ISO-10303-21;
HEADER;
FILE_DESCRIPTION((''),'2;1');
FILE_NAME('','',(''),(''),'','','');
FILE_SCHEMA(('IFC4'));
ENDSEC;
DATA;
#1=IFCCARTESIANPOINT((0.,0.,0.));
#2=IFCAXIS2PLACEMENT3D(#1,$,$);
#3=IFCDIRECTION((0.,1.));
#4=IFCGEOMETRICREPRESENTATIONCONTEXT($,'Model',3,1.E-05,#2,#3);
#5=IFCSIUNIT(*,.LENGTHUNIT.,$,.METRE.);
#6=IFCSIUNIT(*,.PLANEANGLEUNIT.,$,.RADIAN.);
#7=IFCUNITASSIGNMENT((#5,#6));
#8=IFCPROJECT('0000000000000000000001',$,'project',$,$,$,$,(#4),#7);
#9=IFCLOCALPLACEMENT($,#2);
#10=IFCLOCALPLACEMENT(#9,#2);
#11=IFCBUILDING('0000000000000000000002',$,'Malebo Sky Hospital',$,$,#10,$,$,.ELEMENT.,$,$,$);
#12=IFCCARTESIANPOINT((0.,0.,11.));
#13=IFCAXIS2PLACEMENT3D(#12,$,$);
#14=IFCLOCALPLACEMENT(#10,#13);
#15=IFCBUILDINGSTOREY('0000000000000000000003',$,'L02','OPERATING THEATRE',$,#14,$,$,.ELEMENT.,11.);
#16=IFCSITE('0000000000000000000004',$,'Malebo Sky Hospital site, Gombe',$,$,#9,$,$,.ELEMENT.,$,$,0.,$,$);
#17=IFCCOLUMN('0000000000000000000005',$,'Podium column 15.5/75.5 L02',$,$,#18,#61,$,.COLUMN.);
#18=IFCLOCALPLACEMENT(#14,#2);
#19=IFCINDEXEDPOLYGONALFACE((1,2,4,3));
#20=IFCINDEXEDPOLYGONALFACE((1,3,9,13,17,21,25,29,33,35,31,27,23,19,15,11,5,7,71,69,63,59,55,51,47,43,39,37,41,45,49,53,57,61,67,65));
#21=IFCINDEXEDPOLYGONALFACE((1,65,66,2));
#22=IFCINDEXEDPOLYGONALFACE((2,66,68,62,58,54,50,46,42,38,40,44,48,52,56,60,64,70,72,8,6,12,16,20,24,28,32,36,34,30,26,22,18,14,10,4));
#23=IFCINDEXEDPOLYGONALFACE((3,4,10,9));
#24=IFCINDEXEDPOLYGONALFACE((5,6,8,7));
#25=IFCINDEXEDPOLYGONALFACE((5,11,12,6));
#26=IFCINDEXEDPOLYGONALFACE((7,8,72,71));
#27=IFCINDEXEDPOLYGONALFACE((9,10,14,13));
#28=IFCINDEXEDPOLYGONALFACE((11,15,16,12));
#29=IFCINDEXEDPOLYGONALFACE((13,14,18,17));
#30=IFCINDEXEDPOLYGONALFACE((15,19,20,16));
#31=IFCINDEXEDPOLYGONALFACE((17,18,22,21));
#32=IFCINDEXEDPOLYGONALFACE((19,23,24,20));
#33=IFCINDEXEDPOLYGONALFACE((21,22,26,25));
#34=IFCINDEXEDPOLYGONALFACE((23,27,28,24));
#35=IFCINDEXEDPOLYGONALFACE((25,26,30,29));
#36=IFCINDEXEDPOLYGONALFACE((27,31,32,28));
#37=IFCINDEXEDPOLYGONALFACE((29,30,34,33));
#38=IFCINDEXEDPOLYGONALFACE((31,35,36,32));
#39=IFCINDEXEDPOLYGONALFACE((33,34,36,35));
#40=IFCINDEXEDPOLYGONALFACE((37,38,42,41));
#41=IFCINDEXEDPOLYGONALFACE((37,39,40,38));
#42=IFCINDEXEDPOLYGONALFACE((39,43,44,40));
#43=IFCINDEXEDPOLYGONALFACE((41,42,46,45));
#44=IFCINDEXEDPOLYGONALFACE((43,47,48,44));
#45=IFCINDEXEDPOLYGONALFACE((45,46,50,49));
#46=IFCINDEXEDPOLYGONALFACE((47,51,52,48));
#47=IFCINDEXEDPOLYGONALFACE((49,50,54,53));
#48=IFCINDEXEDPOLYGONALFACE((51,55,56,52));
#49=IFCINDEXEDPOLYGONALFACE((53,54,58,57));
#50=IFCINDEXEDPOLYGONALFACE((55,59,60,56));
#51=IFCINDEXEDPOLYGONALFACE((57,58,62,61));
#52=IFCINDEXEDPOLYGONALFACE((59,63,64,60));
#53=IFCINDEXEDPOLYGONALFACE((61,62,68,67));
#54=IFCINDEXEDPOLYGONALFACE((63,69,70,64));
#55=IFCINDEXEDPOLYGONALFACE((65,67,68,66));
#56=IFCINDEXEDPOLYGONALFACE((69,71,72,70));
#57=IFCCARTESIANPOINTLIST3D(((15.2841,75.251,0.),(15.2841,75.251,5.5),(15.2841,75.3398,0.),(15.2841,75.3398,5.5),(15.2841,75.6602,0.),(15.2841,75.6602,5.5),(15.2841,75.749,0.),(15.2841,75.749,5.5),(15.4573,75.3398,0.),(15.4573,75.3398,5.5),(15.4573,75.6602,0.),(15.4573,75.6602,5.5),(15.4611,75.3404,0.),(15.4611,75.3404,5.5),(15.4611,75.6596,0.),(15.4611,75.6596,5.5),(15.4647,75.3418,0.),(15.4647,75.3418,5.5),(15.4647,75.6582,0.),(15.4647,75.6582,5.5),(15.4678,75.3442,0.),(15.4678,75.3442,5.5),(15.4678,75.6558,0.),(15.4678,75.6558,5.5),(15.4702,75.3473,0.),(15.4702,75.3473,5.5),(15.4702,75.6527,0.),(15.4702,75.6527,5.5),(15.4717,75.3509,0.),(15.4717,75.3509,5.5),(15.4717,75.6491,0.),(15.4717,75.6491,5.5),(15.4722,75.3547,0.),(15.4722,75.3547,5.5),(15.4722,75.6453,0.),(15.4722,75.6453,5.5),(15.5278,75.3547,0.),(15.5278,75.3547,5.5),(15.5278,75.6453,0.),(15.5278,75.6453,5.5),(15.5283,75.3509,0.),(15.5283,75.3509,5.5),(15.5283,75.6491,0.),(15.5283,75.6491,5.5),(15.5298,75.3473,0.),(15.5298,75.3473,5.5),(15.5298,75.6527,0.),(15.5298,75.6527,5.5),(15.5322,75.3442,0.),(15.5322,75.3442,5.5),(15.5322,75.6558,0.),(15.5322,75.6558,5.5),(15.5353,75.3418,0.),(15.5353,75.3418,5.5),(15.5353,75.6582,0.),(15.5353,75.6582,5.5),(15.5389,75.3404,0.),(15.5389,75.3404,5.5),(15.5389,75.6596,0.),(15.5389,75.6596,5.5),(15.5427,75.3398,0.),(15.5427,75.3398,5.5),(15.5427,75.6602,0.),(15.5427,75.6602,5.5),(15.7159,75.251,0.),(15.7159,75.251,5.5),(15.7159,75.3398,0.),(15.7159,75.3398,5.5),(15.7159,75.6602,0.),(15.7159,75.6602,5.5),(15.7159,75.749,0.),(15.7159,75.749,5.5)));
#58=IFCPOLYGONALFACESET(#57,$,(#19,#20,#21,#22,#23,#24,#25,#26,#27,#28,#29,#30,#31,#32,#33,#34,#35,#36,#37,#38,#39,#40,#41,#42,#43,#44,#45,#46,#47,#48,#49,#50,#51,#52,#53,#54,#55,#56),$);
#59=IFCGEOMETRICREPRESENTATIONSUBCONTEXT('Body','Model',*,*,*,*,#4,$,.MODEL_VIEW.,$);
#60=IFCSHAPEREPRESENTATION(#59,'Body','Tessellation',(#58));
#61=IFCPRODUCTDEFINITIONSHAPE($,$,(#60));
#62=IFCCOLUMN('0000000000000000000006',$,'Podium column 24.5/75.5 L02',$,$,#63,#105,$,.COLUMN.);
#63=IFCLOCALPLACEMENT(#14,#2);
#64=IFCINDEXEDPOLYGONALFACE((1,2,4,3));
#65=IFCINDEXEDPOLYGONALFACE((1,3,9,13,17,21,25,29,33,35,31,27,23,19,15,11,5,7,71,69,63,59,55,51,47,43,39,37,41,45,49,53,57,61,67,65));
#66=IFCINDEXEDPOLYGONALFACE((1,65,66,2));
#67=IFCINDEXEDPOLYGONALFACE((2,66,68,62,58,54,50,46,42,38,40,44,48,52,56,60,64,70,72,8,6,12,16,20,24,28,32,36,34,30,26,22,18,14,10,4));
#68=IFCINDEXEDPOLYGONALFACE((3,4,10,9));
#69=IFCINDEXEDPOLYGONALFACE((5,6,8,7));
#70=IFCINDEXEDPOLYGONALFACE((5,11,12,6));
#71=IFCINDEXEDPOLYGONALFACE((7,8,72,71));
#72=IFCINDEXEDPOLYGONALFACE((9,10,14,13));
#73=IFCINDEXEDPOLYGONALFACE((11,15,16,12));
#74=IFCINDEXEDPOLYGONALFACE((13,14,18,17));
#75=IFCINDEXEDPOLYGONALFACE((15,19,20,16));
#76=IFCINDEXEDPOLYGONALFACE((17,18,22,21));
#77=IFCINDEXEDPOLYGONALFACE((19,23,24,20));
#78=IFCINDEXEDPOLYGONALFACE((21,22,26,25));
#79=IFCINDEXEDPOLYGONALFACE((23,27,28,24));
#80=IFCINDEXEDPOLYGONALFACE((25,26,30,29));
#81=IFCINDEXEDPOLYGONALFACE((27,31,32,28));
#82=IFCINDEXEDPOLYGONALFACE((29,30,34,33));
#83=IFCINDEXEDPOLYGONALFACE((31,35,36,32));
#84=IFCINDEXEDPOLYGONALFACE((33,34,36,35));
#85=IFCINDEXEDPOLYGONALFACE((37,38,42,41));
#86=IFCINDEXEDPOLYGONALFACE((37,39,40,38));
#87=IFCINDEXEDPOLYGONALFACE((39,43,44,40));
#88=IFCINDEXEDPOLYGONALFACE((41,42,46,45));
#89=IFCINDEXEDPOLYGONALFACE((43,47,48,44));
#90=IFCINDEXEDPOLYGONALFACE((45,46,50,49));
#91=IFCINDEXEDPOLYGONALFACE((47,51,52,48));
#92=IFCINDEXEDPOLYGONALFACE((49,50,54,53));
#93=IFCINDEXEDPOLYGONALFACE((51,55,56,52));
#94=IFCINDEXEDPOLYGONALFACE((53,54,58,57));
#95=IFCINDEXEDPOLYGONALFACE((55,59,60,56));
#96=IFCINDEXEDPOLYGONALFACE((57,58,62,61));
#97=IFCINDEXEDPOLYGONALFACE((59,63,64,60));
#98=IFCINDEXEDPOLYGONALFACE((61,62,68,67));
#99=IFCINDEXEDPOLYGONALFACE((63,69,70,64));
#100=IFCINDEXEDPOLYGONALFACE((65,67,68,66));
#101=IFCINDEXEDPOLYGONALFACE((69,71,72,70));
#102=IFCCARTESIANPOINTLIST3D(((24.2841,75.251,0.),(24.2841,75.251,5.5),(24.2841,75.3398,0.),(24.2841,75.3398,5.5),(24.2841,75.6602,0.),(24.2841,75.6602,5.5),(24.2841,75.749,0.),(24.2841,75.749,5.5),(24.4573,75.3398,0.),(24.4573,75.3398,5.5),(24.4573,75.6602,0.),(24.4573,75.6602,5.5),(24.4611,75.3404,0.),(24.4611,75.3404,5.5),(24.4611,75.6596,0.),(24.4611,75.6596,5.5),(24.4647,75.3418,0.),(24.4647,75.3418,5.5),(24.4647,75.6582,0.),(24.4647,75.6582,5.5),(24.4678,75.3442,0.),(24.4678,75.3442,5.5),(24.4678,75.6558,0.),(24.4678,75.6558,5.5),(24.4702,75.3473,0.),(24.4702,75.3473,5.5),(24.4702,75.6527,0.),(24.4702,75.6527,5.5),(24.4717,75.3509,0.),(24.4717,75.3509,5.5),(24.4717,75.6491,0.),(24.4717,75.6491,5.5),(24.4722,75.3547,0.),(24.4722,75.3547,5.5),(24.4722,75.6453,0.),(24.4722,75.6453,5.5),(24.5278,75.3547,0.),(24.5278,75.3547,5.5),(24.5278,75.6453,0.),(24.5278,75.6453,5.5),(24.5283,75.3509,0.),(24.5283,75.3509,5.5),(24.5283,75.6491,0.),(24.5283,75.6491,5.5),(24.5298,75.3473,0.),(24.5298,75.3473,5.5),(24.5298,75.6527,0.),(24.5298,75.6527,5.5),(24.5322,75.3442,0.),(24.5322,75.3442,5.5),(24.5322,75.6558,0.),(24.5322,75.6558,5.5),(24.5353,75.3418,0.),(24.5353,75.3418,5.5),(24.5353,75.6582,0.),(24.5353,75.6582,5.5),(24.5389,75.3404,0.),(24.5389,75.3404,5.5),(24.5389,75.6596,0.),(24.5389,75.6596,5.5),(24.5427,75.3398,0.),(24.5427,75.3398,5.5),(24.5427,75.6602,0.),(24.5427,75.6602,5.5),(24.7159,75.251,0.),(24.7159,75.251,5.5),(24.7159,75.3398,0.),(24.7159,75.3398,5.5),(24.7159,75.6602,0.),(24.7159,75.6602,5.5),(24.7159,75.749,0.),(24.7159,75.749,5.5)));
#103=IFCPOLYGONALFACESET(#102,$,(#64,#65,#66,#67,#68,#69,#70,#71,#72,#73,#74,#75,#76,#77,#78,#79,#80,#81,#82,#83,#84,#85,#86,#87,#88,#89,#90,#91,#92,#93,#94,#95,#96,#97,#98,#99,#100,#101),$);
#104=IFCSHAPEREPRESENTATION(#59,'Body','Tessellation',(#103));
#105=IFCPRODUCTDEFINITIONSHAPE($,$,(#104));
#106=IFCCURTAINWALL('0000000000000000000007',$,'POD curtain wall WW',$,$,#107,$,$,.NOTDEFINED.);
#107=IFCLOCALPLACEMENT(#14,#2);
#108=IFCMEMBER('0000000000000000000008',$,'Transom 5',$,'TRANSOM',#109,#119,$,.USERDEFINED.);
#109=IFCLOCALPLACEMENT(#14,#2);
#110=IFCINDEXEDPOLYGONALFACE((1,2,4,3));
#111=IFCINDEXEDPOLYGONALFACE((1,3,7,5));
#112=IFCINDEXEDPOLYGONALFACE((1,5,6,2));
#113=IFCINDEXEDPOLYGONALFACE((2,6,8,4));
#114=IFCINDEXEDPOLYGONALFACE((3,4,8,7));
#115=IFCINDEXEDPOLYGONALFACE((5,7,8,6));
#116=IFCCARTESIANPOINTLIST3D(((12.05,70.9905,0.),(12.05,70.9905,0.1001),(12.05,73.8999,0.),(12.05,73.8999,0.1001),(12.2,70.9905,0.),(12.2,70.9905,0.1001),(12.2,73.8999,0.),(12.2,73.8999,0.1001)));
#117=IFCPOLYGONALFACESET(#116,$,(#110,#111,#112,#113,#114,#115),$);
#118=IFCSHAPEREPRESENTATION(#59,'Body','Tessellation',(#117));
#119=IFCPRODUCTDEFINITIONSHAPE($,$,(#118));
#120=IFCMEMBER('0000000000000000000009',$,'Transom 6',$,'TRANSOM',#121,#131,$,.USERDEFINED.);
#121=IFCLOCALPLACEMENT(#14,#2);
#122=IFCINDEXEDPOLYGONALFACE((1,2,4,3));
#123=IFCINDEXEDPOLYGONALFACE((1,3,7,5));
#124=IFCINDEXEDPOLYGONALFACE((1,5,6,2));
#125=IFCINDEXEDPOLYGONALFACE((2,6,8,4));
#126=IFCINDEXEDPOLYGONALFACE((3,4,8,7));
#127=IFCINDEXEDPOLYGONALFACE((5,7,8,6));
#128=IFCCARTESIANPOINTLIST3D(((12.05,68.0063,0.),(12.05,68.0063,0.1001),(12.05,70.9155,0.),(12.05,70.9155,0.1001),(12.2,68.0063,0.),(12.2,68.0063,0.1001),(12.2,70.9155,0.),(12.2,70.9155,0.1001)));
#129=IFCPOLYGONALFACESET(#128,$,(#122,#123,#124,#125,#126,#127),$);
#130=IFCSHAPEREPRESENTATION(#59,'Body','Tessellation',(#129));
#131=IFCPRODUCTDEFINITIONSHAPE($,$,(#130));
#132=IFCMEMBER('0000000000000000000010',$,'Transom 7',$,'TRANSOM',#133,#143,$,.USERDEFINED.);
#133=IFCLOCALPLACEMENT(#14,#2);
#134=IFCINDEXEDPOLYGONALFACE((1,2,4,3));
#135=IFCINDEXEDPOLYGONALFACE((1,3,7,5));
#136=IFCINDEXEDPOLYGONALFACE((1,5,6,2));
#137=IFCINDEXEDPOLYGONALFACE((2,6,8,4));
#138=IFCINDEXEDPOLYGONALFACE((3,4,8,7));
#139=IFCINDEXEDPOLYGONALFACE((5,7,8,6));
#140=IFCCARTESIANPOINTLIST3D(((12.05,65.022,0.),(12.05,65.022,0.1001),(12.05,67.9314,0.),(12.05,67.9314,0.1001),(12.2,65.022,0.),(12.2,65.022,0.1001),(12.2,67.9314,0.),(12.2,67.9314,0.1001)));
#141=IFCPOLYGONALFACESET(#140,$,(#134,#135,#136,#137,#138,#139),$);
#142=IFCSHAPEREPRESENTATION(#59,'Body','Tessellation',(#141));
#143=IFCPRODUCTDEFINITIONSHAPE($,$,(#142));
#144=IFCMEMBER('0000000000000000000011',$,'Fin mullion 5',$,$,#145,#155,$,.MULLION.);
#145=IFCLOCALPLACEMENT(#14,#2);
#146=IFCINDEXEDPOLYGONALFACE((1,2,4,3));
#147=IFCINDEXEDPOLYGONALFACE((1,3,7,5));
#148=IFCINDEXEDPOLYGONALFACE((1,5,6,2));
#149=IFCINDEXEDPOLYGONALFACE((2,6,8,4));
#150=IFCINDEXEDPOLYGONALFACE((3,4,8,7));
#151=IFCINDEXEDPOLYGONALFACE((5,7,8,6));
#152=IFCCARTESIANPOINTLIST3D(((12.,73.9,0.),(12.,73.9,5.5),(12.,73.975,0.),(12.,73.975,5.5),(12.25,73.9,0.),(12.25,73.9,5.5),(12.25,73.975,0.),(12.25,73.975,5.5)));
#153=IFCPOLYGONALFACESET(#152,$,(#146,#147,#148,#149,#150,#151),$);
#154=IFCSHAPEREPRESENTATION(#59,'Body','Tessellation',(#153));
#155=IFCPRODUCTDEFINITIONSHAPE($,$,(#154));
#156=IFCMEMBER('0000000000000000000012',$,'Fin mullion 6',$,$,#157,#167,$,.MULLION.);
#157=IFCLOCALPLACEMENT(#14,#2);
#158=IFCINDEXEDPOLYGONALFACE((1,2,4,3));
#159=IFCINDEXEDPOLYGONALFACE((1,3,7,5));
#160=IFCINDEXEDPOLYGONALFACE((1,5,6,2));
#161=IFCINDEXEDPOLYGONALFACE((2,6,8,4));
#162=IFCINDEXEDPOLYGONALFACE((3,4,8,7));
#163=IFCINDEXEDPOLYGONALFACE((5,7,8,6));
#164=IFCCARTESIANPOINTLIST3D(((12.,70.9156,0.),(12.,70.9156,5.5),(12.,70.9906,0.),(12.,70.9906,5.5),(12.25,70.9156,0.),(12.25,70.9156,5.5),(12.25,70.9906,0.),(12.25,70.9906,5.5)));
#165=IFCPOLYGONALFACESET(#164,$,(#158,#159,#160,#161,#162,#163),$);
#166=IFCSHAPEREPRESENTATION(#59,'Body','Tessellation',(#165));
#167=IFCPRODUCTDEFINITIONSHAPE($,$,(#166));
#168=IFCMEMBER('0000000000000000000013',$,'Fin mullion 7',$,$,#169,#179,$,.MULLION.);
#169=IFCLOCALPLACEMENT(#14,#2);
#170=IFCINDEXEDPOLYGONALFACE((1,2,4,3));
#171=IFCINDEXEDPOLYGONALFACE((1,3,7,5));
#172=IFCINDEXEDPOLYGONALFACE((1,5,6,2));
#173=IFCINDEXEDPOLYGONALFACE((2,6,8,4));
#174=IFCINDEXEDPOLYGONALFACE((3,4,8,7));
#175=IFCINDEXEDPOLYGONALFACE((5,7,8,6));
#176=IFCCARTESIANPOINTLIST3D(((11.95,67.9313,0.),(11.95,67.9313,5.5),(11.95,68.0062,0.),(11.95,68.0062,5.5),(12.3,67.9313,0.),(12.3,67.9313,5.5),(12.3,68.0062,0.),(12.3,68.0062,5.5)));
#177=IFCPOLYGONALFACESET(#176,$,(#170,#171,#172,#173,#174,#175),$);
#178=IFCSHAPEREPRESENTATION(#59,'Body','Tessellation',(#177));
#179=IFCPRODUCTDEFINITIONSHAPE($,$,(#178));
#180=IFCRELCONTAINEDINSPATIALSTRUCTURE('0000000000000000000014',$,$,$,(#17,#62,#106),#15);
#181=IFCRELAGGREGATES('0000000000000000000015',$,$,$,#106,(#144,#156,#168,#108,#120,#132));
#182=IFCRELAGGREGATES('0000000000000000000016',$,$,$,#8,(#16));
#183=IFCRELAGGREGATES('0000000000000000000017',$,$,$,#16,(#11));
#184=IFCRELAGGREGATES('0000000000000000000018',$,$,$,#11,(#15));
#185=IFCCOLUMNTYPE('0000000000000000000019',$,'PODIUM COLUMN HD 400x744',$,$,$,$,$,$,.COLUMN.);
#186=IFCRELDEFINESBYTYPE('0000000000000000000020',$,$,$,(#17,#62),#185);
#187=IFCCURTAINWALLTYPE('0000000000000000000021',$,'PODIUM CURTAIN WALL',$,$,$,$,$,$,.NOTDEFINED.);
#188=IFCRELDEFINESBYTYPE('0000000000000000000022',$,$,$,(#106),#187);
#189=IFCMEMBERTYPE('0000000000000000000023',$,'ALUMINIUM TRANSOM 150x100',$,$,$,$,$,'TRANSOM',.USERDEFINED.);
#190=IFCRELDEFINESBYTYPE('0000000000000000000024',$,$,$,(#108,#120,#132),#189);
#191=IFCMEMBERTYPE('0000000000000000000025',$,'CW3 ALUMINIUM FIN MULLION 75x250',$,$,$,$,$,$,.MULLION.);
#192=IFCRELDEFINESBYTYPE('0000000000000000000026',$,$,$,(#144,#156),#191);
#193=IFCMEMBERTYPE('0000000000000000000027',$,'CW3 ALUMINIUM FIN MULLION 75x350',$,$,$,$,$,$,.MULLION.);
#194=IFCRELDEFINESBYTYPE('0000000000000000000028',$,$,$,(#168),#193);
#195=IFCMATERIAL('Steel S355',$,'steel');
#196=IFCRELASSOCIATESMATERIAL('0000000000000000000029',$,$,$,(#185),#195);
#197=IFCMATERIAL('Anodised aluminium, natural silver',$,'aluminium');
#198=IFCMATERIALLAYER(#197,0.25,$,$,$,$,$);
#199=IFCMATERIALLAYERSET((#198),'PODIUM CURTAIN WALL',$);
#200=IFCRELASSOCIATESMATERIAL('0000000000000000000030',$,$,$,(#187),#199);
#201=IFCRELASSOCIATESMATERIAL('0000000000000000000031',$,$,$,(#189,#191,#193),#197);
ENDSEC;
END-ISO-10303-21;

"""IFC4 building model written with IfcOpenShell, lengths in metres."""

from ifc_helpers import new_model, si_unit, direction, frame, origin, origin_2d, place, context, subcontext, project, spatial, rectangle, i_section, extrude, material, layer, layer_set, material_profile, profile_set, type_object, element, aggregate, save


model = new_model("IFC4")

# Units and contexts
model_context = context("Model", 3, precision=1e-05, world=origin(), true_north=direction((0.0, 1.0)))
body_context = subcontext(model_context, "Body", "Model", "MODEL_VIEW")
ifc_project = project(units=[si_unit("LENGTHUNIT", "METRE"), si_unit("PLANEANGLEUNIT", "RADIAN")], contexts=[model_context])

# Site, building, storey
site_placement = place(None, origin())
site = spatial("IfcSite", under=ifc_project, at=site_placement, Name="Malebo Sky Hospital site, Gombe", CompositionType="ELEMENT", RefElevation=0.0)
building_placement = place(site_placement, origin())
building = spatial("IfcBuilding", under=site, at=building_placement, Name="Malebo Sky Hospital", CompositionType="ELEMENT")
storey_placement = place(building_placement, frame((0.0, 0.0, 11.0)))
storey = spatial("IfcBuildingStorey", under=building, at=storey_placement, Name="L02", Description="OPERATING THEATRE", CompositionType="ELEMENT", Elevation=11.0)

# Columns
ifc_material_1 = material(Name="Steel S355", Category="steel")
ifc_material_profile_1 = material_profile(ifc_material_1, i_section(OverallWidth=0.4319, OverallDepth=0.498, WebThickness=0.0557, FlangeThickness=0.0889, FilletRadius=0.0149, at=origin_2d()), Name="HD 400x744")
ifc_profile_set_1 = profile_set([ifc_material_profile_1], Name="Steel S355")
column_type = type_object("IfcColumnType", Name="PODIUM COLUMN HD 400x744", PredefinedType="COLUMN", material=ifc_profile_set_1)
for number, where, z_axis, x_axis, name in (
    (1, (15.5, 75.5, 0.0), (0.0, 0.0, 1.0), (1.0, 0.0, 0.0), "Podium column 15.5/75.5 L02"),
    (2, (24.5, 75.5, 0.0), (0.0, 0.0, 1.0), (1.0, 0.0, 0.0), "Podium column 24.5/75.5 L02"),
):
    element("IfcColumn", number, at=place(storey_placement, frame(where, z_axis=z_axis, x_axis=x_axis)), inside=storey, type_object=column_type, Name=name, PredefinedType="COLUMN", context=body_context, shape_type="SweptSolid", body=[
        extrude(i_section(OverallWidth=0.4319, OverallDepth=0.498, WebThickness=0.0557, FlangeThickness=0.0889, FilletRadius=0.0149, at=origin_2d()), origin(), (0.0, 0.0, 1.0), 5.5),
    ])

# Curtain wall, members
ifc_material_2 = material(Name="Anodised aluminium, natural silver", Category="aluminium")
ifc_layer_1 = layer(ifc_material_2, 0.25)
ifc_layer_set_1 = layer_set([ifc_layer_1], Name="PODIUM CURTAIN WALL")
curtain_wall_type = type_object("IfcCurtainWallType", Name="PODIUM CURTAIN WALL", PredefinedType="NOTDEFINED", material=ifc_layer_set_1)
curtain_wall_placement = place(storey_placement, origin())
curtain_wall = element("IfcCurtainWall", 3, at=curtain_wall_placement, inside=storey, type_object=curtain_wall_type, Name="POD curtain wall WW", PredefinedType="NOTDEFINED")
ifc_material_profile_2 = material_profile(ifc_material_2, rectangle(XDim=0.1499, YDim=0.1001, at=origin_2d()), Name="ALUMINIUM TRANSOM 150x100")
ifc_profile_set_2 = profile_set([ifc_material_profile_2], Name="Anodised aluminium, natural silver")
member_type_1 = type_object("IfcMemberType", Name="ALUMINIUM TRANSOM 150x100", ElementType="TRANSOM", PredefinedType="USERDEFINED", material=ifc_profile_set_2)
member_1_placement = place(storey_placement, frame((12.125, 73.8999, 0.05), z_axis=(0.0, -1.0, 0.0), x_axis=(1.0, 0.0, 0.0)))
member_1 = element("IfcMember", 4, at=member_1_placement, type_object=member_type_1, Name="Transom 5", ObjectType="TRANSOM", PredefinedType="USERDEFINED", context=body_context, shape_type="SweptSolid", body=[
    extrude(rectangle(XDim=0.1499, YDim=0.1001, at=origin_2d()), origin(), (0.0, 0.0, 1.0), 2.9094),
])
member_2_placement = place(storey_placement, frame((12.125, 70.9155, 0.05), z_axis=(0.0, -1.0, 0.0), x_axis=(1.0, 0.0, 0.0)))
member_2 = element("IfcMember", 5, at=member_2_placement, type_object=member_type_1, Name="Transom 6", ObjectType="TRANSOM", PredefinedType="USERDEFINED", context=body_context, shape_type="SweptSolid", body=[
    extrude(rectangle(XDim=0.1499, YDim=0.1001, at=origin_2d()), origin(), (0.0, 0.0, 1.0), 2.9092),
])
member_3_placement = place(storey_placement, frame((12.125, 67.9314, 0.05), z_axis=(0.0, -1.0, 0.0), x_axis=(1.0, 0.0, 0.0)))
member_3 = element("IfcMember", 6, at=member_3_placement, type_object=member_type_1, Name="Transom 7", ObjectType="TRANSOM", PredefinedType="USERDEFINED", context=body_context, shape_type="SweptSolid", body=[
    extrude(rectangle(XDim=0.1499, YDim=0.1001, at=origin_2d()), origin(), (0.0, 0.0, 1.0), 2.9094),
])
ifc_material_profile_3 = material_profile(ifc_material_2, rectangle(XDim=0.075, YDim=0.25, at=origin_2d()), Name="CW3 ALUMINIUM FIN MULLION 75x250")
ifc_profile_set_3 = profile_set([ifc_material_profile_3], Name="Anodised aluminium, natural silver")
member_type_2 = type_object("IfcMemberType", Name="CW3 ALUMINIUM FIN MULLION 75x250", PredefinedType="MULLION", material=ifc_profile_set_3)
member_4_placement = place(storey_placement, frame((12.125, 73.9375, 0.0), z_axis=(0.0, 0.0, 1.0), x_axis=(0.0, -1.0, 0.0)))
member_4 = element("IfcMember", 7, at=member_4_placement, type_object=member_type_2, Name="Fin mullion 5", PredefinedType="MULLION", context=body_context, shape_type="SweptSolid", body=[
    extrude(rectangle(XDim=0.075, YDim=0.25, at=origin_2d()), origin(), (0.0, 0.0, 1.0), 5.5),
])
member_5_placement = place(storey_placement, frame((12.125, 70.9531, 0.0), z_axis=(0.0, 0.0, 1.0), x_axis=(0.0, -1.0, 0.0)))
member_5 = element("IfcMember", 8, at=member_5_placement, type_object=member_type_2, Name="Fin mullion 6", PredefinedType="MULLION", context=body_context, shape_type="SweptSolid", body=[
    extrude(rectangle(XDim=0.075, YDim=0.25, at=origin_2d()), origin(), (0.0, 0.0, 1.0), 5.5),
])
ifc_material_profile_4 = material_profile(ifc_material_2, rectangle(XDim=0.075, YDim=0.3501, at=origin_2d()), Name="CW3 ALUMINIUM FIN MULLION 75x350")
ifc_profile_set_4 = profile_set([ifc_material_profile_4], Name="Anodised aluminium, natural silver")
member_type_3 = type_object("IfcMemberType", Name="CW3 ALUMINIUM FIN MULLION 75x350", PredefinedType="MULLION", material=ifc_profile_set_4)
member_6_placement = place(storey_placement, frame((12.125, 67.9688, 0.0), z_axis=(0.0, 0.0, 1.0), x_axis=(0.0, -1.0, 0.0)))
member_6 = element("IfcMember", 9, at=member_6_placement, type_object=member_type_3, Name="Fin mullion 7", PredefinedType="MULLION", context=body_context, shape_type="SweptSolid", body=[
    extrude(rectangle(XDim=0.075, YDim=0.3501, at=origin_2d()), origin(), (0.0, 0.0, 1.0), 5.5),
])

aggregate(curtain_wall, [member_4, member_5, member_6, member_1, member_2, member_3])

save(model, "model.ifc")
